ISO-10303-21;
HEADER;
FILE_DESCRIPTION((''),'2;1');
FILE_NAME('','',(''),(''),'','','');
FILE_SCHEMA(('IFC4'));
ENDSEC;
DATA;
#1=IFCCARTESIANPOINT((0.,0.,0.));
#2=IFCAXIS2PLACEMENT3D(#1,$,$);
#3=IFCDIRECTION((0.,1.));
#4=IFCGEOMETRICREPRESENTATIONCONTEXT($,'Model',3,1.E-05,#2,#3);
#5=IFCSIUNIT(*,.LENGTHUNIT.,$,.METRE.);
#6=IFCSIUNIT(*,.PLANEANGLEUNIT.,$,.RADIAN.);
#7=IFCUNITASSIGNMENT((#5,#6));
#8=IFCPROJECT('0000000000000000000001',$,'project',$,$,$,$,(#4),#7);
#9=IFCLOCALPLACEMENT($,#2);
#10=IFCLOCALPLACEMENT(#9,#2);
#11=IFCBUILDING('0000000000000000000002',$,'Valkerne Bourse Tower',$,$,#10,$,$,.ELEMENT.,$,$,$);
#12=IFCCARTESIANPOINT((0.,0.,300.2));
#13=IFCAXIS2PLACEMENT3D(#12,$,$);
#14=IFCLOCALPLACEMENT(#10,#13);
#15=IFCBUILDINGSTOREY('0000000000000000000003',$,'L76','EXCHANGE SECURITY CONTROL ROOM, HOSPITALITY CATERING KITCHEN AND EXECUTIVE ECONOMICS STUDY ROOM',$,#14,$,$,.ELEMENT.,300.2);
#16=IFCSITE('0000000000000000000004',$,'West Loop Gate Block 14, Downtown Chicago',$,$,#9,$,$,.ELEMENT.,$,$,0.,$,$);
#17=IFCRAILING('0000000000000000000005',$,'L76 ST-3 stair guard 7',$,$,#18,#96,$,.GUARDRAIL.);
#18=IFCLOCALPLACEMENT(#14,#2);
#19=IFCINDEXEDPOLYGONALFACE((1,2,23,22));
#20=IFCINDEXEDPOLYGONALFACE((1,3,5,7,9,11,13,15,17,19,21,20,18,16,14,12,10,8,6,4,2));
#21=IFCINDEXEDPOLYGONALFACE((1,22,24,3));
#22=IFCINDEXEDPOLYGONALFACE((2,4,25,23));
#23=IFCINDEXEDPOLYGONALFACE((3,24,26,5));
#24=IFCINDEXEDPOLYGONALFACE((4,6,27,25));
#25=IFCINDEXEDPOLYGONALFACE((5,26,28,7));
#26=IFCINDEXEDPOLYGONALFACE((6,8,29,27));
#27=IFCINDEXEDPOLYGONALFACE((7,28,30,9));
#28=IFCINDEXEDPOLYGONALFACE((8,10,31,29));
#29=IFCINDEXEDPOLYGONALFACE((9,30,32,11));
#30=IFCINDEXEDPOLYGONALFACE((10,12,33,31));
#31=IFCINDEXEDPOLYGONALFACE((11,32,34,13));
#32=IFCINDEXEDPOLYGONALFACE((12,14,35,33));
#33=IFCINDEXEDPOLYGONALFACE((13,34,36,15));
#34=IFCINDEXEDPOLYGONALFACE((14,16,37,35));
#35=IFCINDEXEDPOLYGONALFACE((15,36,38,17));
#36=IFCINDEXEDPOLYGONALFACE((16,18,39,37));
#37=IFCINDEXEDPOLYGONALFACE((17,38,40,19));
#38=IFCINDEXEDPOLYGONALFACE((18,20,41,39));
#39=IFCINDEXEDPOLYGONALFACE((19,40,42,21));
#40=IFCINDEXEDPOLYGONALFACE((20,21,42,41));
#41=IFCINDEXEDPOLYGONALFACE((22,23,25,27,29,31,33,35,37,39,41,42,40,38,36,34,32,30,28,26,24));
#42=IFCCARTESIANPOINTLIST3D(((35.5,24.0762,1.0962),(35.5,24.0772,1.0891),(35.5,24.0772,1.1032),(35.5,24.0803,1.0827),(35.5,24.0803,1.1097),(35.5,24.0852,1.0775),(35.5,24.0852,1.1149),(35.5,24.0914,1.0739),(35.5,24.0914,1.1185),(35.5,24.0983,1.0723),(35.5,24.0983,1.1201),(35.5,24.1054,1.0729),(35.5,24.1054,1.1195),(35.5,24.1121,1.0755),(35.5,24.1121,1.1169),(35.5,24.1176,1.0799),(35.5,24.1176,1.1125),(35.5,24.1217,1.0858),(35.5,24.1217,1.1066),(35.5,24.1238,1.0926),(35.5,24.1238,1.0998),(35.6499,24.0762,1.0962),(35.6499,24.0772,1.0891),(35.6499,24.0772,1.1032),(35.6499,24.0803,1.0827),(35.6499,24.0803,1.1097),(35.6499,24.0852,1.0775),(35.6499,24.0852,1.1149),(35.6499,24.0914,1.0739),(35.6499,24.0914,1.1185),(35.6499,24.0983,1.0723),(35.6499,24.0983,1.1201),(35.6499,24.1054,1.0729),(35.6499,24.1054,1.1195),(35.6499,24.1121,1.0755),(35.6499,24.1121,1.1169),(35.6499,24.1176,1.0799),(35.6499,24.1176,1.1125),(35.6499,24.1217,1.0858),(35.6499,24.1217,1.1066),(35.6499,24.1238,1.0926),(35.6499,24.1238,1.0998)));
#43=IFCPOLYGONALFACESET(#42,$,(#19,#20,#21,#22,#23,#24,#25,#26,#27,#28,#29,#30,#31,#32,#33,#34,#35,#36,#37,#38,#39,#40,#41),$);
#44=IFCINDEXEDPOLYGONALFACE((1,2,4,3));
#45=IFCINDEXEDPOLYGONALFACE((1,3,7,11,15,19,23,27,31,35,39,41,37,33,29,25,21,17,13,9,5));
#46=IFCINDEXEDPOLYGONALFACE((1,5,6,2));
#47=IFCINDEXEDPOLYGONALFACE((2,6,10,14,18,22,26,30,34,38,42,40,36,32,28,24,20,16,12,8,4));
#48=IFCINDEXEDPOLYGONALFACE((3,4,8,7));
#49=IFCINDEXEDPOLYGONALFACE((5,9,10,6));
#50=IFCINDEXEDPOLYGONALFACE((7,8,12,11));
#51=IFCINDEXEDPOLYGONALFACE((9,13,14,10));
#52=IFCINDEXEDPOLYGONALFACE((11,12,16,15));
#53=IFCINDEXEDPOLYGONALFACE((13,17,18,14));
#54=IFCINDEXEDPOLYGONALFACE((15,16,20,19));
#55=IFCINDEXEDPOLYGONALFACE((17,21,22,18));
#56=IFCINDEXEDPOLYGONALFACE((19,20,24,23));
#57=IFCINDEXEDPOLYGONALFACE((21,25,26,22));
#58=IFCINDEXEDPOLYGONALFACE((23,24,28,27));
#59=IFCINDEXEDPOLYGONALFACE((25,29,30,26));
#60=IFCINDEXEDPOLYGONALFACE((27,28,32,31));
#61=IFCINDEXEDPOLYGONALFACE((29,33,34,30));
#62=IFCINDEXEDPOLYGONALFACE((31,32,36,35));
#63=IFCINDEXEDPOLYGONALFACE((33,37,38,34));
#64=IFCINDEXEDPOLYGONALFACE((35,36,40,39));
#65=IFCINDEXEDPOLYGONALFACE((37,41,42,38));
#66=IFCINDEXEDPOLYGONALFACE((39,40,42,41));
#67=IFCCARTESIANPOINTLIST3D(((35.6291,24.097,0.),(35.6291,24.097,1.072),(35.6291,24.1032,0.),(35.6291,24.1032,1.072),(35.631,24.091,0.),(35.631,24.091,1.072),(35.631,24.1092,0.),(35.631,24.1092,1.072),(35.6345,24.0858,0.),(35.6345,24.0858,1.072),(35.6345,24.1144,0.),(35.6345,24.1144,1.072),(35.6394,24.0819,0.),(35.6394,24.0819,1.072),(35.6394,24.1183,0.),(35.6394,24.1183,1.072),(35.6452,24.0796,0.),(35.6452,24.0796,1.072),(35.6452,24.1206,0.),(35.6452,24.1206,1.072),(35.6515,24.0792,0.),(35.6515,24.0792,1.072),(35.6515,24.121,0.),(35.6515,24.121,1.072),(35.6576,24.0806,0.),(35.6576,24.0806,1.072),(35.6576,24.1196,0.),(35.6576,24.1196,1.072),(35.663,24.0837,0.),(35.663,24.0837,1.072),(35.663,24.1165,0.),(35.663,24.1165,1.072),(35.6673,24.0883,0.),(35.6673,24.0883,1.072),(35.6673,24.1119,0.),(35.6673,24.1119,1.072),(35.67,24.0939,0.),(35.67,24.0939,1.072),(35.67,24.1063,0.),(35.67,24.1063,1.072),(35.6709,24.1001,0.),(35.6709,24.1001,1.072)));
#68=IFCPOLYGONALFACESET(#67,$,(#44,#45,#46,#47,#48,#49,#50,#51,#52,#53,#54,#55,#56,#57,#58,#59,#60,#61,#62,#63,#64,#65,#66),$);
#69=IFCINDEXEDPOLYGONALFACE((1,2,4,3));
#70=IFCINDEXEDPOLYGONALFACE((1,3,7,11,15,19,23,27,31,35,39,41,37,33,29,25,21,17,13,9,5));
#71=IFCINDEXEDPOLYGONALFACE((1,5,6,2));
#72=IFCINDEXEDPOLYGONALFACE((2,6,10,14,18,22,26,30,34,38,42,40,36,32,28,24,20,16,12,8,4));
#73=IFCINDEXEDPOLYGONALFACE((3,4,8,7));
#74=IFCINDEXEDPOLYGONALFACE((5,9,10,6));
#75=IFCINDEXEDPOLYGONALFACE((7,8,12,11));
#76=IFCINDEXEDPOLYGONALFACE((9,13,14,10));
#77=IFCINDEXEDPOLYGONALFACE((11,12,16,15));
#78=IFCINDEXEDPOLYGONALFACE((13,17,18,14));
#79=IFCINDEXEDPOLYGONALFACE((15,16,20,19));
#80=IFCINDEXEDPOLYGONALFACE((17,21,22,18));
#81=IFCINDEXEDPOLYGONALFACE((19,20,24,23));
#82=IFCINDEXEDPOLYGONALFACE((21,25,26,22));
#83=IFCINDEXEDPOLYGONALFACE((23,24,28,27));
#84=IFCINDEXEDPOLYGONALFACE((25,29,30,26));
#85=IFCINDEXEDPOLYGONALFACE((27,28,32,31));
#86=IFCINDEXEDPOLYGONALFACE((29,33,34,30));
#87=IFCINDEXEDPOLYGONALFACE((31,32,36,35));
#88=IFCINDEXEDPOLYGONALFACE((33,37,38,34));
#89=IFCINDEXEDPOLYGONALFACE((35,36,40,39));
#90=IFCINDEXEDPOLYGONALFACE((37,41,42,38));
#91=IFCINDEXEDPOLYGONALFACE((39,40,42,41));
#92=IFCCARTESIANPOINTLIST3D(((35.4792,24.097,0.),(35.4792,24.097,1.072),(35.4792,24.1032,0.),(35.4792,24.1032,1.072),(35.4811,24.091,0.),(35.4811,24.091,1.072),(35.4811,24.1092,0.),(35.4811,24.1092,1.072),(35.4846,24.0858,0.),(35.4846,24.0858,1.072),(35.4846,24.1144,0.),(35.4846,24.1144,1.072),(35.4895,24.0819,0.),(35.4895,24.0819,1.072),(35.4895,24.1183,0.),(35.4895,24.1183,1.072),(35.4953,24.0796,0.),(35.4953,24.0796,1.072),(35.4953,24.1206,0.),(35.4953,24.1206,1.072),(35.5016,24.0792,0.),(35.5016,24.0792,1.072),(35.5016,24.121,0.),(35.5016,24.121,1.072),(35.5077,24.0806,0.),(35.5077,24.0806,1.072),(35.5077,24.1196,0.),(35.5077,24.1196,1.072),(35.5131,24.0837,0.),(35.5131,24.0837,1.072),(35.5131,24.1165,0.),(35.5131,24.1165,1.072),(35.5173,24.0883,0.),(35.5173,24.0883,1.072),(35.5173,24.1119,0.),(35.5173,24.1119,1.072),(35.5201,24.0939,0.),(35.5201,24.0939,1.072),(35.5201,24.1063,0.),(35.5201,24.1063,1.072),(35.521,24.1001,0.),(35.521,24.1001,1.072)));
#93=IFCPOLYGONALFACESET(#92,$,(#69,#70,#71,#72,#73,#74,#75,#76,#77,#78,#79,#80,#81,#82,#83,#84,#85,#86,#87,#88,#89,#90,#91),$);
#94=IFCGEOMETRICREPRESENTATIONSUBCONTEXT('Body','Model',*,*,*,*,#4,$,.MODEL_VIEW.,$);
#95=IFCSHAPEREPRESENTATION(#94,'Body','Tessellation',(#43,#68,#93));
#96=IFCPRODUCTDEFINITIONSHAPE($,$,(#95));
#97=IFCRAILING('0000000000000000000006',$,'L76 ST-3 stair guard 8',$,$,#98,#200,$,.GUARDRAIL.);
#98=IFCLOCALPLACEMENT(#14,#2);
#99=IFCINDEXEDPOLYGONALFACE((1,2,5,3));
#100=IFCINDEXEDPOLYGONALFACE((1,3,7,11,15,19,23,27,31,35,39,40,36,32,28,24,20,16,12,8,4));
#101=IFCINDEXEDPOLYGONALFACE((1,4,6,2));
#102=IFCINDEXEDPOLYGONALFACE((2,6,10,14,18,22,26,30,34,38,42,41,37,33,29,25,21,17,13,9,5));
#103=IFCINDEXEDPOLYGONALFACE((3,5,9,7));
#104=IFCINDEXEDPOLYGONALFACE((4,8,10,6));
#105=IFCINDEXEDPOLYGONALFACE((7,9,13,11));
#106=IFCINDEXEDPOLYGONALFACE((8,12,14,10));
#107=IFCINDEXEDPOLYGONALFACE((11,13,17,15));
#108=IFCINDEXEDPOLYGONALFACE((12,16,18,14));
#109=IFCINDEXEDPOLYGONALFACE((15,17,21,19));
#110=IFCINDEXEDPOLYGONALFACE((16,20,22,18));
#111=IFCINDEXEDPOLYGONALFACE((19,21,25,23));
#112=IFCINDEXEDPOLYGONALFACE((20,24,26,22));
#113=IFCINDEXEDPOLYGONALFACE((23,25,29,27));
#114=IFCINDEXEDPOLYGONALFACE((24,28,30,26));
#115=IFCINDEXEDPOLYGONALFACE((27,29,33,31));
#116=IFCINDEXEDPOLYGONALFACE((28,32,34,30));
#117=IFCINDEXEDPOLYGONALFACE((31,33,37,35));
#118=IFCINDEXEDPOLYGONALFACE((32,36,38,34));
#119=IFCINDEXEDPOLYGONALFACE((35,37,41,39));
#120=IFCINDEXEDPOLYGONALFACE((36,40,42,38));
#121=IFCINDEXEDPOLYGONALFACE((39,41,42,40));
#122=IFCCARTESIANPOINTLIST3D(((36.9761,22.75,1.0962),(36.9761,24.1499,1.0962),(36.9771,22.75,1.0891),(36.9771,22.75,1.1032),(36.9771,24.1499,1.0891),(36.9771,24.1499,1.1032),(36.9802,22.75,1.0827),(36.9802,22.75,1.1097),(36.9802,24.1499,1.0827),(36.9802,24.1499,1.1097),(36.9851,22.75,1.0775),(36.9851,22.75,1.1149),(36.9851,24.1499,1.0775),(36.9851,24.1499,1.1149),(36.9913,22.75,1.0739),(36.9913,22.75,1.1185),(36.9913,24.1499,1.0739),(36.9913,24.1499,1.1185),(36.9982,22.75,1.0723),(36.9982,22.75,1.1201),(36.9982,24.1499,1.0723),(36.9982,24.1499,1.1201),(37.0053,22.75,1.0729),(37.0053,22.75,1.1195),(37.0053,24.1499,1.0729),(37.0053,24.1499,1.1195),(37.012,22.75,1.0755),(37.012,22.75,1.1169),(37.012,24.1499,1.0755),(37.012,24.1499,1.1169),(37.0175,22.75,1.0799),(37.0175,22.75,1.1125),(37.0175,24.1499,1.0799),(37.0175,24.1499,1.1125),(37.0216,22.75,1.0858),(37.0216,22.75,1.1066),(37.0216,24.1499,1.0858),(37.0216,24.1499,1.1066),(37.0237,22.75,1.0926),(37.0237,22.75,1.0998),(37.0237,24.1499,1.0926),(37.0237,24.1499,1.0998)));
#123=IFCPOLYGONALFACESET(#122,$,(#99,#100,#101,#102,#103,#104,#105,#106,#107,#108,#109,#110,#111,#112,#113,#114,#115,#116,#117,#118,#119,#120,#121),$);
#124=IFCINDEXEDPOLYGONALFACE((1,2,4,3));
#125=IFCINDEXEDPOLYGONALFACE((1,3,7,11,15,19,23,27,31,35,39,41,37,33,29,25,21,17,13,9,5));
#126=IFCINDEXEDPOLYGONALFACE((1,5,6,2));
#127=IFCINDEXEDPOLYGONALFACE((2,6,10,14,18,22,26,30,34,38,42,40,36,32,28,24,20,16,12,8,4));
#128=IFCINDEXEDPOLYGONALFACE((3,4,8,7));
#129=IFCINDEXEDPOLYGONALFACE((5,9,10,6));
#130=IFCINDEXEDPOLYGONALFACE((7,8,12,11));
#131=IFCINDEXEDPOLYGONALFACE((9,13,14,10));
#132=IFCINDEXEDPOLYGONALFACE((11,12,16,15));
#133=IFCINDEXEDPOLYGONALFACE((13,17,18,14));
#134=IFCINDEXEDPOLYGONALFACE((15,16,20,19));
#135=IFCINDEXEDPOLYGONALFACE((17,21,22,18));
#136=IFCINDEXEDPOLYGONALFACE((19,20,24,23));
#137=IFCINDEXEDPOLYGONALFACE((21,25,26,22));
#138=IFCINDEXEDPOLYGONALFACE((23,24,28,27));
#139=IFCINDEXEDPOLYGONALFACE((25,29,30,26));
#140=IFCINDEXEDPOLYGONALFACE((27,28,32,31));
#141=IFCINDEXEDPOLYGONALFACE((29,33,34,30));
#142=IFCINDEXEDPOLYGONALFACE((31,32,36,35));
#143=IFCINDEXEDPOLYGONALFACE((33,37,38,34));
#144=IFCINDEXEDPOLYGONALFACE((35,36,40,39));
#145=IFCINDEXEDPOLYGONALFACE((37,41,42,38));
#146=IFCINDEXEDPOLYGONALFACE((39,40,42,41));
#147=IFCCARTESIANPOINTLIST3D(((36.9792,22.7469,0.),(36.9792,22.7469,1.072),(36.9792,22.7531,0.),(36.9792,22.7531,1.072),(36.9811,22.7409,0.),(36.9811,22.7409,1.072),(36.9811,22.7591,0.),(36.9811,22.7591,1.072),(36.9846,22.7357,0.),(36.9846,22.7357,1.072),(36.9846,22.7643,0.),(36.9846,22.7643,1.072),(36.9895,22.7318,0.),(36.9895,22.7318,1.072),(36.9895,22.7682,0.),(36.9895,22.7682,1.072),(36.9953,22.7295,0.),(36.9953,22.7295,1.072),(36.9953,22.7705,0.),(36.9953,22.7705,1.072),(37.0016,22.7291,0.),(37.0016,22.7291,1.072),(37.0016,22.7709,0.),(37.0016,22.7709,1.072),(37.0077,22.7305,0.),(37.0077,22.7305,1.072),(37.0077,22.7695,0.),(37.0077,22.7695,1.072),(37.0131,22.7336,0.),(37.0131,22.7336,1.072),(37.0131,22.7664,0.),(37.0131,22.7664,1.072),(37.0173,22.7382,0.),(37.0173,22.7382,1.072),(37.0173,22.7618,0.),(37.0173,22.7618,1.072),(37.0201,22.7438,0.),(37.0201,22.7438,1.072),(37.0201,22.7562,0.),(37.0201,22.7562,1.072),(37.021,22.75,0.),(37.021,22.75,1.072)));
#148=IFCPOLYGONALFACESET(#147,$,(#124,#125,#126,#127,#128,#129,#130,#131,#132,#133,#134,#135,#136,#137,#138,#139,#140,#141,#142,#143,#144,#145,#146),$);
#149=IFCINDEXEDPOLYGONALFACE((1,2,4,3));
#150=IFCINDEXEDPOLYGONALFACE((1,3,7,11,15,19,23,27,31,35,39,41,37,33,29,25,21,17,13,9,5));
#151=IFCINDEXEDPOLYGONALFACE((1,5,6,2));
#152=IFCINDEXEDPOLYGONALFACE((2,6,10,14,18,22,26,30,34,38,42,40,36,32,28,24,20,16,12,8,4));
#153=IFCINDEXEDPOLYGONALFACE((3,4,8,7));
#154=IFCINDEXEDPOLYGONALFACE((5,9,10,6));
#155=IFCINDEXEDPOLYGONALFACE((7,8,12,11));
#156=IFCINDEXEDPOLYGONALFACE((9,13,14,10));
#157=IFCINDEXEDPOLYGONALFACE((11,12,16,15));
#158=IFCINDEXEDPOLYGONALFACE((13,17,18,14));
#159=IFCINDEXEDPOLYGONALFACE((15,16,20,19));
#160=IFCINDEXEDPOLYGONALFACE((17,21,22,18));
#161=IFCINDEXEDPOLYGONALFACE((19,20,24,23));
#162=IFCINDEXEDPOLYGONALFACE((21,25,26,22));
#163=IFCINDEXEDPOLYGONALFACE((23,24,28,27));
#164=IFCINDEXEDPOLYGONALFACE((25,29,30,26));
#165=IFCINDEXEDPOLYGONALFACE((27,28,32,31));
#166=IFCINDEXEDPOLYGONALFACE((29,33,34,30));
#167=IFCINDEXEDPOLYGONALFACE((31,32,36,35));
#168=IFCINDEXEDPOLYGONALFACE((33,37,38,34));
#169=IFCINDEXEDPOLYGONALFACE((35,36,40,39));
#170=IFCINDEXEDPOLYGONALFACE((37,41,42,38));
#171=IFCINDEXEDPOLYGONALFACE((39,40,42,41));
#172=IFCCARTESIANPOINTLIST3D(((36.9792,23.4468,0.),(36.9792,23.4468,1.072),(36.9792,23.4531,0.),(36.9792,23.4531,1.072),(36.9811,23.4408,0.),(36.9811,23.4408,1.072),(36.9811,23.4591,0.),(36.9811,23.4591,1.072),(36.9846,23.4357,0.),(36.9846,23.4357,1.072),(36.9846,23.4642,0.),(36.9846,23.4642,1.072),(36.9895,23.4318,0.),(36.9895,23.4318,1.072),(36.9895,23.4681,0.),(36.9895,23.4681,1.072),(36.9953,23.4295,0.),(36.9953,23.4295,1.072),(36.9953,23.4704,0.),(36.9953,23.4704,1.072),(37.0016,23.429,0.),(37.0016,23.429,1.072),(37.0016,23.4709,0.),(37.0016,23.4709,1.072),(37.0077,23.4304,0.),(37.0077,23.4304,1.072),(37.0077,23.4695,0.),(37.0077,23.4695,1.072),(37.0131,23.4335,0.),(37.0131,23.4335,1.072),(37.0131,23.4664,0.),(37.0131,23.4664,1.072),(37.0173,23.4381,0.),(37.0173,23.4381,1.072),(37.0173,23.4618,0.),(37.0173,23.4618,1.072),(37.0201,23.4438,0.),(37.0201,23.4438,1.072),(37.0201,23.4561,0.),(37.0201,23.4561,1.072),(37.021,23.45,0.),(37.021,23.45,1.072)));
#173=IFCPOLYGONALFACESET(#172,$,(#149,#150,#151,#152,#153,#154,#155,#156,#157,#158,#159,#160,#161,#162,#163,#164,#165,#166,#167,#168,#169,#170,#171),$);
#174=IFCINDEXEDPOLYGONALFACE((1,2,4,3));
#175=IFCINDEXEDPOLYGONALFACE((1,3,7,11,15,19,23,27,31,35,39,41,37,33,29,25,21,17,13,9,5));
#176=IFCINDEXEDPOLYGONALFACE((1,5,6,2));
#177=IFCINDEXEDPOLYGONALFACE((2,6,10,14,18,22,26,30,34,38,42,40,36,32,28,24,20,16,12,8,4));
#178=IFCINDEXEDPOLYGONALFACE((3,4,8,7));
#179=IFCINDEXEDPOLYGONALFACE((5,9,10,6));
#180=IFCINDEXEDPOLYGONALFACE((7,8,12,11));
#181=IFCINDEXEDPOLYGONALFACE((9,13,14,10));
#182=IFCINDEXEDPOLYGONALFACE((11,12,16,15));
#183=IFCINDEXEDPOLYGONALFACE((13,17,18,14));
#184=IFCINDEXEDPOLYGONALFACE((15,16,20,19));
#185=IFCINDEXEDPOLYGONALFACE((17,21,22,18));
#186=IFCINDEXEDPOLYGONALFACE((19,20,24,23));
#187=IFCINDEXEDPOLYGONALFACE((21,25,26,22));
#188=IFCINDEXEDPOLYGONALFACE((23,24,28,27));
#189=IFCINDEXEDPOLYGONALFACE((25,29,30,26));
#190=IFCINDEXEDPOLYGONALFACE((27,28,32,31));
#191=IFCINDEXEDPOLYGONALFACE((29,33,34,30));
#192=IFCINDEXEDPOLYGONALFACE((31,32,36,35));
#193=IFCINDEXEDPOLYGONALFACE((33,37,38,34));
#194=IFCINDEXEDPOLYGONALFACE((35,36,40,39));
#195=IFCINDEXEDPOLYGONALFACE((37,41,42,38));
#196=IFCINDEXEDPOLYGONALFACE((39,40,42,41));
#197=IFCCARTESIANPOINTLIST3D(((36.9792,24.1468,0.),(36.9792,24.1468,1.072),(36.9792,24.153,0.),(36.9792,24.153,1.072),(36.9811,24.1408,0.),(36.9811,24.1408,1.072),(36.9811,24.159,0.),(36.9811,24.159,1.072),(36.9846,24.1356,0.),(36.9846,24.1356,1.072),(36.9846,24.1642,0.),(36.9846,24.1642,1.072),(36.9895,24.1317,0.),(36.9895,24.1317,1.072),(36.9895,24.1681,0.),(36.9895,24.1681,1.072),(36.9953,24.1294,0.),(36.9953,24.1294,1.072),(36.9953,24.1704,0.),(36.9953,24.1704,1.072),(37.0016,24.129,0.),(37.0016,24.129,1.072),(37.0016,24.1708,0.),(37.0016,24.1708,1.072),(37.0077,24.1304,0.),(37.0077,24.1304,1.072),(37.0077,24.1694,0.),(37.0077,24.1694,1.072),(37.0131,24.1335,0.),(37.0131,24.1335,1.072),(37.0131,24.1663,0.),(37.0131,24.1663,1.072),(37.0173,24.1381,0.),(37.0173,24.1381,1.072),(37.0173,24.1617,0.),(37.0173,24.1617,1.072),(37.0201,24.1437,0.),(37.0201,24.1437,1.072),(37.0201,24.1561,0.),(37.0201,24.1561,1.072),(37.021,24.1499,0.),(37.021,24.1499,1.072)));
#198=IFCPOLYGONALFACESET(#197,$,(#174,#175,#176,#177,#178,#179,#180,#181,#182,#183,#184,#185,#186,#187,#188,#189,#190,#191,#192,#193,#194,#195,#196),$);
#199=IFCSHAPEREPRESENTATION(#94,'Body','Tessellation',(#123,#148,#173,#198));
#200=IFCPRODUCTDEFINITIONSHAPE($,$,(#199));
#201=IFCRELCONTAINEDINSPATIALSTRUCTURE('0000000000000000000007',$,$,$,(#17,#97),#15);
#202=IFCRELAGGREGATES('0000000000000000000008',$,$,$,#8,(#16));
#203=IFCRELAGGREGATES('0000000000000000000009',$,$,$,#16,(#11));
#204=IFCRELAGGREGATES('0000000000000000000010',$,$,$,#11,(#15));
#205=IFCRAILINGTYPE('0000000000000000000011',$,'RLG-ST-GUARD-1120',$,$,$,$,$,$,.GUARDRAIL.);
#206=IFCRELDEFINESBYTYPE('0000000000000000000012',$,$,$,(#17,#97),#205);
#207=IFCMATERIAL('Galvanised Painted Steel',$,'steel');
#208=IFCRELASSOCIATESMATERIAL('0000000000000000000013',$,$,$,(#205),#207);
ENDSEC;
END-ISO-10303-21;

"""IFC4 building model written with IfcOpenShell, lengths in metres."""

from ifc_helpers import new_model, si_unit, direction, frame, origin, origin_2d, place, context, subcontext, project, spatial, circle, extrude, material, type_object, element, save


model = new_model("IFC4")

# Units and contexts
model_context = context("Model", 3, precision=1e-05, world=origin(), true_north=direction((0.0, 1.0)))
body_context = subcontext(model_context, "Body", "Model", "MODEL_VIEW")
ifc_project = project(units=[si_unit("LENGTHUNIT", "METRE"), si_unit("PLANEANGLEUNIT", "RADIAN")], contexts=[model_context])

# Site, building, storey
site_placement = place(None, origin())
site = spatial("IfcSite", under=ifc_project, at=site_placement, Name="West Loop Gate Block 14, Downtown Chicago", CompositionType="ELEMENT", RefElevation=0.0)
building_placement = place(site_placement, origin())
building = spatial("IfcBuilding", under=site, at=building_placement, Name="Valkerne Bourse Tower", CompositionType="ELEMENT")
storey_placement = place(building_placement, frame((0.0, 0.0, 300.2)))
storey = spatial("IfcBuildingStorey", under=building, at=storey_placement, Name="L76", Description="EXCHANGE SECURITY CONTROL ROOM, HOSPITALITY CATERING KITCHEN AND EXECUTIVE ECONOMICS STUDY ROOM", CompositionType="ELEMENT", Elevation=300.2)

# Railings
ifc_material_1 = material(Name="Galvanised Painted Steel", Category="steel")
railing_type_1 = type_object("IfcRailingType", Name="RLG-ST-GUARD-1120", PredefinedType="GUARDRAIL", material=ifc_material_1)
railing_1_placement = place(storey_placement, frame((35.6499, 24.1001, 0.0)))
element("IfcRailing", 1, at=railing_1_placement, inside=storey, type_object=railing_type_1, Name="L76 ST-3 stair guard 7", PredefinedType="GUARDRAIL", context=body_context, shape_type="SweptSolid", body=[
    extrude(circle(Radius=0.0239, at=origin_2d()), frame((0.0, 0.0, 1.0962), z_axis=(-1.0, 0.0, 0.0), x_axis=(0.0, -1.0, 0.0)), (0.0, 0.0, 1.0), 0.1499),
    extrude(circle(Radius=0.021, at=origin_2d()), origin(), (0.0, 0.0, 1.0), 1.072),
    extrude(circle(Radius=0.021, at=origin_2d()), frame((-0.1499, 0.0, 0.0)), (0.0, 0.0, 1.0), 1.072),
])
railing_2_placement = place(storey_placement, frame((37.0, 22.75, 0.0)))
element("IfcRailing", 2, at=railing_2_placement, inside=storey, type_object=railing_type_1, Name="L76 ST-3 stair guard 8", PredefinedType="GUARDRAIL", context=body_context, shape_type="SweptSolid", body=[
    extrude(circle(Radius=0.0239, at=origin_2d()), frame((0.0, 0.0, 1.0962), z_axis=(0.0, 1.0, 0.0), x_axis=(-1.0, 0.0, 0.0)), (0.0, 0.0, 1.0), 1.3999),
    extrude(circle(Radius=0.021, at=origin_2d()), origin(), (0.0, 0.0, 1.0), 1.072),
    extrude(circle(Radius=0.021, at=origin_2d()), frame((0.0, 0.7, 0.0)), (0.0, 0.0, 1.0), 1.072),
    extrude(circle(Radius=0.021, at=origin_2d()), frame((0.0, 1.3999, 0.0)), (0.0, 0.0, 1.0), 1.072),
])

save(model, "model.ifc")
